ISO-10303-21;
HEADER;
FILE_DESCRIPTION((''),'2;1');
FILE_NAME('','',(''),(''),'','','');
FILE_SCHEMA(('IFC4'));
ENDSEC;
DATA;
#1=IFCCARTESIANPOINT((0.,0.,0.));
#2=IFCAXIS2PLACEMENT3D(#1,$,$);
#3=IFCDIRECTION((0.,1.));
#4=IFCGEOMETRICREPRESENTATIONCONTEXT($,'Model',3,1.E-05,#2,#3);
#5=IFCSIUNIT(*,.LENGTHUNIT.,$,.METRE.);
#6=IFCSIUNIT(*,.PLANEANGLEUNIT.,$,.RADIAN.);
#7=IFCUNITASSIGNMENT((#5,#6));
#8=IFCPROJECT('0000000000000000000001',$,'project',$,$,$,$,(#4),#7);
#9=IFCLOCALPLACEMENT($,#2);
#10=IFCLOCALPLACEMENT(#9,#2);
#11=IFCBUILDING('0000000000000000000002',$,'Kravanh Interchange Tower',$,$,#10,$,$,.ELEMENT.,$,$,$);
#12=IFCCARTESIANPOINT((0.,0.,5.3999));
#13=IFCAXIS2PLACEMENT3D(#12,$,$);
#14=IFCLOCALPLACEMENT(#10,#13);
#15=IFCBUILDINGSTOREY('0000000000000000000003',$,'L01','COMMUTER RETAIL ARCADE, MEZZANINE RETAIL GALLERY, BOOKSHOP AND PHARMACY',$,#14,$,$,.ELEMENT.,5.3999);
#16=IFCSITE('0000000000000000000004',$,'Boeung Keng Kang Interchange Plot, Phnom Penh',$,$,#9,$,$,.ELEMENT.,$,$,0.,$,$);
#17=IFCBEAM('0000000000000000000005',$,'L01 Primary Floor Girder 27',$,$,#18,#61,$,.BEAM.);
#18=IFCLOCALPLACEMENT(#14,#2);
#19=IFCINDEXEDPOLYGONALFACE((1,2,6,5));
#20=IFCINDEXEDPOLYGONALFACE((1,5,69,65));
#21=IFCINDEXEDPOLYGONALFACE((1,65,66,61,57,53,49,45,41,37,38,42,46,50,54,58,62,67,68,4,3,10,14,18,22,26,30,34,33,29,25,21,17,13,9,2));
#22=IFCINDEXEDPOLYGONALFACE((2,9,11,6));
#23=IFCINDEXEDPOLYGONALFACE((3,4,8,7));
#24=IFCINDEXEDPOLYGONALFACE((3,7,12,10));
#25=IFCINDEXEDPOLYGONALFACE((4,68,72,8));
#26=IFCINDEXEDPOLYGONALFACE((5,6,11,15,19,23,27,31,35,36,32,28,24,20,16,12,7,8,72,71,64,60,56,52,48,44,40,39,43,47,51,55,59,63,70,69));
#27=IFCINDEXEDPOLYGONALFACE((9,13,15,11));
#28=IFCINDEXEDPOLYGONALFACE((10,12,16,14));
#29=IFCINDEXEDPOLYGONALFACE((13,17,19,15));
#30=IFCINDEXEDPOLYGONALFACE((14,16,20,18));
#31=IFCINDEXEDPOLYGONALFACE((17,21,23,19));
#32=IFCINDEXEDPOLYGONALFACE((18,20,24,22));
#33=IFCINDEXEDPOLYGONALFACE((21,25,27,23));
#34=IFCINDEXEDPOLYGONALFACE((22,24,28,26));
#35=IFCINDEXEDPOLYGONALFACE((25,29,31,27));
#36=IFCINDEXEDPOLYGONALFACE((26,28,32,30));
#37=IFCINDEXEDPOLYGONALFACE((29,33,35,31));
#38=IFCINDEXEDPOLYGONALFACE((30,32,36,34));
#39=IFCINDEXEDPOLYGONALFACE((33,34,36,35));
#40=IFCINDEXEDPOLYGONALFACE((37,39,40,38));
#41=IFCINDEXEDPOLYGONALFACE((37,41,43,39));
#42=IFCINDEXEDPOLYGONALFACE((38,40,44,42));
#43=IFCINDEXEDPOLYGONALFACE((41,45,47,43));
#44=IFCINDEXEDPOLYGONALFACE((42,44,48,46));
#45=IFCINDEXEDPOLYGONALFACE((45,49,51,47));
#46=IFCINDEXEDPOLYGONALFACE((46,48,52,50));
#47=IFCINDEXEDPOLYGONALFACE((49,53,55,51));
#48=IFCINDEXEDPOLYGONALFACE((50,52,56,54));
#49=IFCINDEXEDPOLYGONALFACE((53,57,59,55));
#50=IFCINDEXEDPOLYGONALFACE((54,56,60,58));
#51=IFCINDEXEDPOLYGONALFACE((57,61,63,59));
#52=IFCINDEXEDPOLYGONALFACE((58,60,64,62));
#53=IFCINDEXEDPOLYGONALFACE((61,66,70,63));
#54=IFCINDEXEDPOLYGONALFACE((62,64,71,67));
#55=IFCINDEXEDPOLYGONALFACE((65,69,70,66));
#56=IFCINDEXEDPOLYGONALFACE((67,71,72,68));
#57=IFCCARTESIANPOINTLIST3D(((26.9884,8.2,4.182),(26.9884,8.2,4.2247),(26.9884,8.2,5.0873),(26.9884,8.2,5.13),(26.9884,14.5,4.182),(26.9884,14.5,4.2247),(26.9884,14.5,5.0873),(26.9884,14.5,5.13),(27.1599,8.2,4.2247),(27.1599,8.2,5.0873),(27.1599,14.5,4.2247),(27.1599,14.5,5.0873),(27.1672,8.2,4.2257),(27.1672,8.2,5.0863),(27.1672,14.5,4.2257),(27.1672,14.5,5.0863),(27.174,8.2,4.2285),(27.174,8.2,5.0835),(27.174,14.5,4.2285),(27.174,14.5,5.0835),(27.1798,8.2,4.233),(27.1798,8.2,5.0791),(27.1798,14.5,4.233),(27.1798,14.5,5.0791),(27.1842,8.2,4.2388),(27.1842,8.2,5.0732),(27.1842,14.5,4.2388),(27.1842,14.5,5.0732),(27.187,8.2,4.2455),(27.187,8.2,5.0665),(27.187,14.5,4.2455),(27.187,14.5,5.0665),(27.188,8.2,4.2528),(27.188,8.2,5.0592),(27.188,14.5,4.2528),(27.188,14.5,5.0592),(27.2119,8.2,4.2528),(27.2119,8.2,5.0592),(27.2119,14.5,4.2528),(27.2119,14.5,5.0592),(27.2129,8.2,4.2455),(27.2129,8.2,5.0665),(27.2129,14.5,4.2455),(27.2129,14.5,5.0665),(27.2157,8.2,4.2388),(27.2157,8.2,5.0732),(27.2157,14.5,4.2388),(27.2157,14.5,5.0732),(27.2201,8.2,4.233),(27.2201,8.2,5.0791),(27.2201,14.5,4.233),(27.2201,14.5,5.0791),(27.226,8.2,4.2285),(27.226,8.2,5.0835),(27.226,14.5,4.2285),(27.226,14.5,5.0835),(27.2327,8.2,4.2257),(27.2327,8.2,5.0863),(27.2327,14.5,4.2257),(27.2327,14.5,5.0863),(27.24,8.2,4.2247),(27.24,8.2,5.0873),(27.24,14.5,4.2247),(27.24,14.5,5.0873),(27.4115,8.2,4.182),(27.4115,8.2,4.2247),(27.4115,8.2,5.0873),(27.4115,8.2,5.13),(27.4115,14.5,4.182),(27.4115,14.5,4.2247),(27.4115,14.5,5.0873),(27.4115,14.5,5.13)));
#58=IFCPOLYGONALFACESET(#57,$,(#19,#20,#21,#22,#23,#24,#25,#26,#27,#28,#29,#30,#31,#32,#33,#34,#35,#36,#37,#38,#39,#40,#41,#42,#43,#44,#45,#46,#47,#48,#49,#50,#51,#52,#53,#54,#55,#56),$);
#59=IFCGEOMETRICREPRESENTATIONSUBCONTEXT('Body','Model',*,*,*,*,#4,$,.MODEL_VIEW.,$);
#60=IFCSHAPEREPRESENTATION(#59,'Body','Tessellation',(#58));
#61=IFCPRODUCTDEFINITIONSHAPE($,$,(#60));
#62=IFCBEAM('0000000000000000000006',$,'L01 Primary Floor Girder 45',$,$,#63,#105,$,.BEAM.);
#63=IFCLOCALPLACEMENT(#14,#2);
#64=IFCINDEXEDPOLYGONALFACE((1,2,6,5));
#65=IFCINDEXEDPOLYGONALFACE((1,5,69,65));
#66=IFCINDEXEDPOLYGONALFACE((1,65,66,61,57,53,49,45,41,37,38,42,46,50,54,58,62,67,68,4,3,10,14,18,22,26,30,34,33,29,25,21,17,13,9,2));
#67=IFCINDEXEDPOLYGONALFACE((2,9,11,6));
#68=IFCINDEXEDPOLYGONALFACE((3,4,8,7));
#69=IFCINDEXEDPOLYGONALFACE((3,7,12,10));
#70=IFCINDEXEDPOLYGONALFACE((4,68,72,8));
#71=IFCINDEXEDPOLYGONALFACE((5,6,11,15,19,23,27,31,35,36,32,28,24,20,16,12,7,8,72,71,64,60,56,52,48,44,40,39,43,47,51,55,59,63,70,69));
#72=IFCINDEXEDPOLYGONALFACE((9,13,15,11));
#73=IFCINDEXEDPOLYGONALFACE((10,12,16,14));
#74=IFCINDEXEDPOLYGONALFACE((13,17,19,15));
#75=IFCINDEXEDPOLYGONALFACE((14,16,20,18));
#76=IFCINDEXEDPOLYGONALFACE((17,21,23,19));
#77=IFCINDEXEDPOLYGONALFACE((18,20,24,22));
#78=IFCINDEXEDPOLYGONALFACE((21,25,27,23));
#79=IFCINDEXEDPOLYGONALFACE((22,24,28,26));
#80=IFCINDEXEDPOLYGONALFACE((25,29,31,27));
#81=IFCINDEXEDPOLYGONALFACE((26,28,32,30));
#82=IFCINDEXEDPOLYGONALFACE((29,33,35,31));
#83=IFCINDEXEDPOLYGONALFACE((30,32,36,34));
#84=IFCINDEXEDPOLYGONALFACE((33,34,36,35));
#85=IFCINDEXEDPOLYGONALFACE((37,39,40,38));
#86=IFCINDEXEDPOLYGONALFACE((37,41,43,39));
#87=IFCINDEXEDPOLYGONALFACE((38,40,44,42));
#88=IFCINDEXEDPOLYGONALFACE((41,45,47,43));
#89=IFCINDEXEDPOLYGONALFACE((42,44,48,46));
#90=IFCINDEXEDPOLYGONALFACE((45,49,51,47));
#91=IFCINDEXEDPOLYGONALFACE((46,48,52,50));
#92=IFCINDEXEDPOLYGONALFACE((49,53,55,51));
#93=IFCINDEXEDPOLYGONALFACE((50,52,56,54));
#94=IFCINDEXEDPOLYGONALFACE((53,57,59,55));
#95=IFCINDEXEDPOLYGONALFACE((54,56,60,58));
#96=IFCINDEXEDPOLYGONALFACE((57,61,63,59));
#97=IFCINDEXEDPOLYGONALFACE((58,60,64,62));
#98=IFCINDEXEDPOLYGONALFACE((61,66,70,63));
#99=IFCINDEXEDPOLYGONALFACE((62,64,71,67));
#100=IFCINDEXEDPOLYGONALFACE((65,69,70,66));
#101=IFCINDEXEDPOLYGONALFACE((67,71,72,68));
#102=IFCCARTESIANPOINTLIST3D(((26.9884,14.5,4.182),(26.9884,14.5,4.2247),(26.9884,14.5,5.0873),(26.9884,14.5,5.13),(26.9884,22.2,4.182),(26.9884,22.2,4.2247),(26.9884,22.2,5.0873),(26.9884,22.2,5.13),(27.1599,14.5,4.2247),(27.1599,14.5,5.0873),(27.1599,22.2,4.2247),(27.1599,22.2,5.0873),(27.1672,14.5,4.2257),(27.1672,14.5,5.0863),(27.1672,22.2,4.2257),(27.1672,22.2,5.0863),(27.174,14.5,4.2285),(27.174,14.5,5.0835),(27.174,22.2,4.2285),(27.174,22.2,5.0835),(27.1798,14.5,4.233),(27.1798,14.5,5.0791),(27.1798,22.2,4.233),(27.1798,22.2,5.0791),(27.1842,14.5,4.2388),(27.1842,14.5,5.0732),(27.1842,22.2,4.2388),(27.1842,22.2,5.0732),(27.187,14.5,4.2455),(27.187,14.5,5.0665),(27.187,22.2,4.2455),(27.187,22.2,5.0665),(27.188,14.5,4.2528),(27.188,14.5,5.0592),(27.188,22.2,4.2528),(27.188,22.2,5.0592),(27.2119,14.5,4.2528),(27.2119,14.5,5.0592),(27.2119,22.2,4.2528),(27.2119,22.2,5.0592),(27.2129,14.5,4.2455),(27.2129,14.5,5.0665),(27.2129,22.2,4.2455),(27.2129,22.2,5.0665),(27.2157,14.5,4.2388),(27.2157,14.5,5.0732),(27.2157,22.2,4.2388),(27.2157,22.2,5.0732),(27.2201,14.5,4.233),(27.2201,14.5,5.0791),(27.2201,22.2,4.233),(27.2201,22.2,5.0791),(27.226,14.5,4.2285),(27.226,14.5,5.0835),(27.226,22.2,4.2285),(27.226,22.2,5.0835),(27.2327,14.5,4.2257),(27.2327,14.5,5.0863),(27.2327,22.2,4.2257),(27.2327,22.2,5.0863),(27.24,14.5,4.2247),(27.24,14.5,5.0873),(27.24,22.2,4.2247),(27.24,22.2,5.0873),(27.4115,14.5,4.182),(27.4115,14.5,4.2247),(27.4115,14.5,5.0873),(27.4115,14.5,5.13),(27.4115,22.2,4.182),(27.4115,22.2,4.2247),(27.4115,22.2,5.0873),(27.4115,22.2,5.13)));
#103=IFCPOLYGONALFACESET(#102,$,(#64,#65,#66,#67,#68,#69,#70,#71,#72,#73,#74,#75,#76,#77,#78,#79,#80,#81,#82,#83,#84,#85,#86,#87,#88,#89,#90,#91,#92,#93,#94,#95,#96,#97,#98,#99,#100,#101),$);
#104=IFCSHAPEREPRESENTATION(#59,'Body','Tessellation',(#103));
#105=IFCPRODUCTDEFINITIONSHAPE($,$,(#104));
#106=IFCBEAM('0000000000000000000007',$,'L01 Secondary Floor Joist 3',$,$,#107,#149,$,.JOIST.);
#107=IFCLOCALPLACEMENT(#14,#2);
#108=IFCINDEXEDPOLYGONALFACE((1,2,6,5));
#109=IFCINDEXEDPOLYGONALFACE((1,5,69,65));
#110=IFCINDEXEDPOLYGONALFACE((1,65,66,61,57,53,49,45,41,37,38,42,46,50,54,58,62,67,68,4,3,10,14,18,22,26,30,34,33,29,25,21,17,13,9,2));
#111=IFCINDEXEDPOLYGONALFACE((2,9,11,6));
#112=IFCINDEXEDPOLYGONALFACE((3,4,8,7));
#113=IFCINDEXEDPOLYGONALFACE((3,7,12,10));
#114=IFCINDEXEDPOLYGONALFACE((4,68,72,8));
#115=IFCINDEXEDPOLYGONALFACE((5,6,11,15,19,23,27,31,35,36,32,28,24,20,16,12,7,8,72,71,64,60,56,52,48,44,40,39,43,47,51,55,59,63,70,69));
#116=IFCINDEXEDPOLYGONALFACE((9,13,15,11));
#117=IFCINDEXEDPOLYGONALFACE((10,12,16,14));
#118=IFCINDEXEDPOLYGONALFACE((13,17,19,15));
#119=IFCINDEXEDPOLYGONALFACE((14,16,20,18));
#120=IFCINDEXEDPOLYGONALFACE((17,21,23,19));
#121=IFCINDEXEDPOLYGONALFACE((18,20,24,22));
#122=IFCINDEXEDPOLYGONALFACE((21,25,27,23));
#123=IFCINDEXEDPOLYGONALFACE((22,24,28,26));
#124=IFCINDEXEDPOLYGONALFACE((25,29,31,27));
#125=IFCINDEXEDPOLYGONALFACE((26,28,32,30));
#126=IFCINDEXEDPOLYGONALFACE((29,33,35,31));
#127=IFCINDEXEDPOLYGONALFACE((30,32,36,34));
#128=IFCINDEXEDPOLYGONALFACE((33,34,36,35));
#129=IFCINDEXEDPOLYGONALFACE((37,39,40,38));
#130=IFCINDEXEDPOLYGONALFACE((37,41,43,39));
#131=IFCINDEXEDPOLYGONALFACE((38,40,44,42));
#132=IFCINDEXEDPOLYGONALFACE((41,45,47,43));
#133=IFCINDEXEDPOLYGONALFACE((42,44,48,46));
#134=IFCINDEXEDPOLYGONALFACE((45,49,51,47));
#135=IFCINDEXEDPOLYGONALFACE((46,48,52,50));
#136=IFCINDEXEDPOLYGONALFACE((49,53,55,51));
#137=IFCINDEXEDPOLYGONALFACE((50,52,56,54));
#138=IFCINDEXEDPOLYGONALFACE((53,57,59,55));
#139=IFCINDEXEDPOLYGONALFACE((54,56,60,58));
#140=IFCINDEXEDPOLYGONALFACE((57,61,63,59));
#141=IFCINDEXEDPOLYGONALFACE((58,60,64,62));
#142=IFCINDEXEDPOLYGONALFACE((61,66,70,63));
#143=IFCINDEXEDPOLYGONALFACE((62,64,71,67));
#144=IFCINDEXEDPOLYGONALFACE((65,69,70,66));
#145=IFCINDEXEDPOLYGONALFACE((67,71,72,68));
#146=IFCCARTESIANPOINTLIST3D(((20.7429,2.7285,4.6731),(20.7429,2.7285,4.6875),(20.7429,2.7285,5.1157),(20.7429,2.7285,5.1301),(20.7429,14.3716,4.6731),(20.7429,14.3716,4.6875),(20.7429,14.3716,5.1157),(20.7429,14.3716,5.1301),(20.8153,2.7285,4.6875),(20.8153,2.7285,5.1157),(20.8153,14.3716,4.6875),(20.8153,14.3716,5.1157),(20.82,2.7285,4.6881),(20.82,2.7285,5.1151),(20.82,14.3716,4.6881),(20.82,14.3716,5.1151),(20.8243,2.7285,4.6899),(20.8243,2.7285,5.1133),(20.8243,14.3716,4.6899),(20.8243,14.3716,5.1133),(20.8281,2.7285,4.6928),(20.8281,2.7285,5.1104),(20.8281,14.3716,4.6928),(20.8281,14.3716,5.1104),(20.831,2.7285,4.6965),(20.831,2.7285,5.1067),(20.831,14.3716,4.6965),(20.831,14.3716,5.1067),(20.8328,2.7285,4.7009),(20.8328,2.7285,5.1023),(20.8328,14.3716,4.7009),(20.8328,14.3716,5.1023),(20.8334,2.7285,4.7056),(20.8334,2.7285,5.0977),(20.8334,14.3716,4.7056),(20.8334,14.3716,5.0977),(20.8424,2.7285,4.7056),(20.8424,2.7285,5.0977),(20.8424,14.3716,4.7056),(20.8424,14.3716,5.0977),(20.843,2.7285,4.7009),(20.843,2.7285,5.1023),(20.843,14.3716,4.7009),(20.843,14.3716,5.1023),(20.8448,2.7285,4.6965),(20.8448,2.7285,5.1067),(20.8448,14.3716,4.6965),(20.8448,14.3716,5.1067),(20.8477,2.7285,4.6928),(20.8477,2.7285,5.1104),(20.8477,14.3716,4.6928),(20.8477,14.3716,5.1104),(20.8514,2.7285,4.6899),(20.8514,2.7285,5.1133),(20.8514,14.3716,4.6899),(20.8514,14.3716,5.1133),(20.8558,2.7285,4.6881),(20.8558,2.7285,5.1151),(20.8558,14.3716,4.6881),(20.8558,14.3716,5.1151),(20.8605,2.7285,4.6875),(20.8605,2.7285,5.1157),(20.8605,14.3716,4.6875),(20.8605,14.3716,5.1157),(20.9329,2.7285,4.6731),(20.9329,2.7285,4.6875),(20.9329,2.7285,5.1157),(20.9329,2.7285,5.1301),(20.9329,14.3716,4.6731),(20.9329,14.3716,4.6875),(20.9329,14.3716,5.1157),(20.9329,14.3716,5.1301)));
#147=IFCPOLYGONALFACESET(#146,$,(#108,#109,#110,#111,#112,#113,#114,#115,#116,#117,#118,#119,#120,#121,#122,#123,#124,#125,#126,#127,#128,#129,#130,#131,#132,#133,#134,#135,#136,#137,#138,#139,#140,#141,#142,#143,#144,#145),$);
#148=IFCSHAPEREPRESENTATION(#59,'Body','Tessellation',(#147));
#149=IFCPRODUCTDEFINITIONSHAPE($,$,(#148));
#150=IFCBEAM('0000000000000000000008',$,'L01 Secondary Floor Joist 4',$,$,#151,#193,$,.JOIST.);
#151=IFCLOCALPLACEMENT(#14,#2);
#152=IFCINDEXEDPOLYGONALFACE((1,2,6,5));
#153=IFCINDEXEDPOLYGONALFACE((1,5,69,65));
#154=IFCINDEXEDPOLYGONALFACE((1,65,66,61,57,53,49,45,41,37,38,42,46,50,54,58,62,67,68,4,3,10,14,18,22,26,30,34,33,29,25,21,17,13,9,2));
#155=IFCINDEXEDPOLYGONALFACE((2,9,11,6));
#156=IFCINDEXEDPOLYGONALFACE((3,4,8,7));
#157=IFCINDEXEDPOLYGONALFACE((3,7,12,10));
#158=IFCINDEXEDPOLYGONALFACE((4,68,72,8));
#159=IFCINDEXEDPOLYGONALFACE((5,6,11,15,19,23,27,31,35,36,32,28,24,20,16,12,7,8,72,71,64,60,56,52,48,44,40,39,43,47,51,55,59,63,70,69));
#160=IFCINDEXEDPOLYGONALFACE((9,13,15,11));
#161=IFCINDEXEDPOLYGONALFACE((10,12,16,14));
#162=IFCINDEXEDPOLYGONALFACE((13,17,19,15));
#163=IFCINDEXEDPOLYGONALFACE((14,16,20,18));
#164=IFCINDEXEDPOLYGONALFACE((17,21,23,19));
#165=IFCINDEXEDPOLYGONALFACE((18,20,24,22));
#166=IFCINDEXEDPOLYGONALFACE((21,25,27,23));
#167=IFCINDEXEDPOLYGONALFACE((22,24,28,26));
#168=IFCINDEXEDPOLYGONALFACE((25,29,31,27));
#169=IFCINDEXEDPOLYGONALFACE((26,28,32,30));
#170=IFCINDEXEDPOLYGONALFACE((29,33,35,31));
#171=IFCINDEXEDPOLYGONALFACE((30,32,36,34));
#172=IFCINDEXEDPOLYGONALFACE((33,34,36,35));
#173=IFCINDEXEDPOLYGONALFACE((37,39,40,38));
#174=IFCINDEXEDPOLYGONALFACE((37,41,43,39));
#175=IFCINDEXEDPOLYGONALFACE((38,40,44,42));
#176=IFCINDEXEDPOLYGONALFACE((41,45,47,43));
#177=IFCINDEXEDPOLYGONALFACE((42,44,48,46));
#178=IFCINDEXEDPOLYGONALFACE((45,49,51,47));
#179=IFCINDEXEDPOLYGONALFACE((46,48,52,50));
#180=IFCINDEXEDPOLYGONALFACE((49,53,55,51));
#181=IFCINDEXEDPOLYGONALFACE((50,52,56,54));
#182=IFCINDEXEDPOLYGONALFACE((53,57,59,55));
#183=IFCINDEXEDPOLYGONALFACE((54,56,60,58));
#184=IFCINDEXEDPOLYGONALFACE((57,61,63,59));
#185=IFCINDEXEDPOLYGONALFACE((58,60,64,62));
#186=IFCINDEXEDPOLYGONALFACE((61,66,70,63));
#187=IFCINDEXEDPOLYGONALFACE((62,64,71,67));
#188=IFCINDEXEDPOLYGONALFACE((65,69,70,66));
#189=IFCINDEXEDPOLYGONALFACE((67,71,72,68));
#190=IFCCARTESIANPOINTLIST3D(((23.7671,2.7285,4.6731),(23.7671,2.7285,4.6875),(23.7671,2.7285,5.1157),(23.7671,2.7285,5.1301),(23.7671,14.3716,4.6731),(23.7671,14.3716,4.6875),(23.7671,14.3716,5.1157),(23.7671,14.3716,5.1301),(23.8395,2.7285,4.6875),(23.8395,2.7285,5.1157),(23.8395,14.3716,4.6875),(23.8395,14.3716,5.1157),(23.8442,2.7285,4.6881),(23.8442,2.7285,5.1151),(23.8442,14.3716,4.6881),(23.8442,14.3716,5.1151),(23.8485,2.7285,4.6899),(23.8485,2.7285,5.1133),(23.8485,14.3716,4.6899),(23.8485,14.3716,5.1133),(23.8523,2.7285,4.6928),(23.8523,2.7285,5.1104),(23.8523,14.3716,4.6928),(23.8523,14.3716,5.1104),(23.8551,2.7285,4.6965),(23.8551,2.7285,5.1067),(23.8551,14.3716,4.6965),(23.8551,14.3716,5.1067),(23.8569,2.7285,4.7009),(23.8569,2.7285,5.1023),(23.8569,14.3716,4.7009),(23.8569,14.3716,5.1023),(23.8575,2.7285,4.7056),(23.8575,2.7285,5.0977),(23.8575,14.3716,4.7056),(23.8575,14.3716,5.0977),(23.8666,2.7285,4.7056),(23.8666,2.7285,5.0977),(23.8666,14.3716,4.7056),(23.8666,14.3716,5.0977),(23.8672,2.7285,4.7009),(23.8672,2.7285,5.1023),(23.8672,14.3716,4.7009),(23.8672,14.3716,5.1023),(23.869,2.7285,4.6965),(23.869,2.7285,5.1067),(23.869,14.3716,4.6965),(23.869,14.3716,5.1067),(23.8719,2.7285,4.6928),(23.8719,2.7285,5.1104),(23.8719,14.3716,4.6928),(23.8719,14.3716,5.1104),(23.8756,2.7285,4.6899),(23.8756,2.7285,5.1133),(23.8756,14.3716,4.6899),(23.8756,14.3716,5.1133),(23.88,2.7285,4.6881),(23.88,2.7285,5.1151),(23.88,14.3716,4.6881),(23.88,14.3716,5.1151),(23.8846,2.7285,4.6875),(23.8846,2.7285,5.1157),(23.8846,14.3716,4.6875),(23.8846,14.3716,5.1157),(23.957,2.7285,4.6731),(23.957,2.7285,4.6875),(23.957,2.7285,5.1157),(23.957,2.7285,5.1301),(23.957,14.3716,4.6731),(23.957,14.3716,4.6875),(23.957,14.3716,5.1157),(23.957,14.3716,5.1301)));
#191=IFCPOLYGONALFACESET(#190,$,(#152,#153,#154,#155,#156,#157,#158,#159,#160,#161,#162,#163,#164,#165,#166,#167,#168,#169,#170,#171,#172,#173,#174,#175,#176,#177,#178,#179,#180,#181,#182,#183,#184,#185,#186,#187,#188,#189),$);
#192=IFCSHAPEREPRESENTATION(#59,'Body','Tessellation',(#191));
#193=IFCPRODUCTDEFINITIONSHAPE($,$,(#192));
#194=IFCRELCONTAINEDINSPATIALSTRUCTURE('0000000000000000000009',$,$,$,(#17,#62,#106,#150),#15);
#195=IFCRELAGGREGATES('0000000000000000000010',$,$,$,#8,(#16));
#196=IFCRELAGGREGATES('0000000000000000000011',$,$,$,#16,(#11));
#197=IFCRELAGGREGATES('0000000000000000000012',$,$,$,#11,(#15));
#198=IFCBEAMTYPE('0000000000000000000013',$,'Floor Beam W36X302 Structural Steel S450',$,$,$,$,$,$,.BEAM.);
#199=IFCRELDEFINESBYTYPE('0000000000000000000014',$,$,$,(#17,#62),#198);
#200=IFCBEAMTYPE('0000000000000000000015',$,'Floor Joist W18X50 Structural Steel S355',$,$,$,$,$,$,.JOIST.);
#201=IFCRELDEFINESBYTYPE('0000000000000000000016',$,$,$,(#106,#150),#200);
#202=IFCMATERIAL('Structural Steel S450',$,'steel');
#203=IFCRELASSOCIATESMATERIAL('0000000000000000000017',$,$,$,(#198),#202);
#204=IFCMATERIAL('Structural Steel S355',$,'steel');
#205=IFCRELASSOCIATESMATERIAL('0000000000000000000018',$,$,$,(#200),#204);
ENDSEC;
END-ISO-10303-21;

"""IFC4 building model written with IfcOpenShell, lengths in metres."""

from ifc_helpers import new_model, si_unit, direction, frame, origin, origin_2d, place, context, subcontext, project, spatial, i_section, extrude, material, material_profile, profile_set, type_object, element, save


model = new_model("IFC4")

# Units and contexts
model_context = context("Model", 3, precision=1e-05, world=origin(), true_north=direction((0.0, 1.0)))
body_context = subcontext(model_context, "Body", "Model", "MODEL_VIEW")
ifc_project = project(units=[si_unit("LENGTHUNIT", "METRE"), si_unit("PLANEANGLEUNIT", "RADIAN")], contexts=[model_context])

# Site, building, storey
site_placement = place(None, origin())
site = spatial("IfcSite", under=ifc_project, at=site_placement, Name="Boeung Keng Kang Interchange Plot, Phnom Penh", CompositionType="ELEMENT", RefElevation=0.0)
building_placement = place(site_placement, origin())
building = spatial("IfcBuilding", under=site, at=building_placement, Name="Kravanh Interchange Tower", CompositionType="ELEMENT")
storey_placement = place(building_placement, frame((0.0, 0.0, 5.3999)))
storey = spatial("IfcBuildingStorey", under=building, at=storey_placement, Name="L01", Description="COMMUTER RETAIL ARCADE, MEZZANINE RETAIL GALLERY, BOOKSHOP AND PHARMACY", CompositionType="ELEMENT", Elevation=5.3999)

# Beams
ifc_material_1 = material(Name="Structural Steel S450", Category="steel")
ifc_material_profile_1 = material_profile(ifc_material_1, i_section(OverallWidth=0.4231, OverallDepth=0.948, WebThickness=0.0239, FlangeThickness=0.0427, FilletRadius=0.0281, at=origin_2d()), Name="W36X302")
ifc_profile_set_1 = profile_set([ifc_material_profile_1], Name="Structural Steel S450")
beam_type_1 = type_object("IfcBeamType", Name="Floor Beam W36X302 Structural Steel S450", PredefinedType="BEAM", material=ifc_profile_set_1)
beam_1_placement = place(storey_placement, frame((27.2, 8.2, 4.656), z_axis=(0.0, 1.0, 0.0), x_axis=(-1.0, 0.0, 0.0)))
element("IfcBeam", 1, at=beam_1_placement, inside=storey, type_object=beam_type_1, Name="L01 Primary Floor Girder 27", PredefinedType="BEAM", context=body_context, shape_type="SweptSolid", body=[
    extrude(i_section(OverallWidth=0.4231, OverallDepth=0.948, WebThickness=0.0239, FlangeThickness=0.0427, FilletRadius=0.0281, at=origin_2d()), origin(), (0.0, 0.0, 1.0), 6.3),
])
beam_2_placement = place(storey_placement, frame((27.2, 14.5, 4.656), z_axis=(0.0, 1.0, 0.0), x_axis=(-1.0, 0.0, 0.0)))
element("IfcBeam", 2, at=beam_2_placement, inside=storey, type_object=beam_type_1, Name="L01 Primary Floor Girder 45", PredefinedType="BEAM", context=body_context, shape_type="SweptSolid", body=[
    extrude(i_section(OverallWidth=0.4231, OverallDepth=0.948, WebThickness=0.0239, FlangeThickness=0.0427, FilletRadius=0.0281, at=origin_2d()), origin(), (0.0, 0.0, 1.0), 7.7),
])
ifc_material_2 = material(Name="Structural Steel S355", Category="steel")
ifc_material_profile_2 = material_profile(ifc_material_2, i_section(OverallWidth=0.1899, OverallDepth=0.457, WebThickness=0.009, FlangeThickness=0.0144, FilletRadius=0.0181, at=origin_2d()), Name="W18X50")
ifc_profile_set_2 = profile_set([ifc_material_profile_2], Name="Structural Steel S355")
beam_type_2 = type_object("IfcBeamType", Name="Floor Joist W18X50 Structural Steel S355", PredefinedType="JOIST", material=ifc_profile_set_2)
for number, where, z_axis, x_axis, name in (
    (3, (20.8379, 2.7285, 4.9016), (0.0, 1.0, 0.0), (-1.0, 0.0, 0.0), "L01 Secondary Floor Joist 3"),
    (4, (23.8621, 2.7285, 4.9016), (0.0, 1.0, 0.0), (-1.0, 0.0, 0.0), "L01 Secondary Floor Joist 4"),
):
    element("IfcBeam", number, at=place(storey_placement, frame(where, z_axis=z_axis, x_axis=x_axis)), inside=storey, type_object=beam_type_2, Name=name, PredefinedType="JOIST", context=body_context, shape_type="SweptSolid", body=[
        extrude(i_section(OverallWidth=0.1899, OverallDepth=0.457, WebThickness=0.009, FlangeThickness=0.0144, FilletRadius=0.0181, at=origin_2d()), origin(), (0.0, 0.0, 1.0), 11.6431),
    ])

save(model, "model.ifc")
